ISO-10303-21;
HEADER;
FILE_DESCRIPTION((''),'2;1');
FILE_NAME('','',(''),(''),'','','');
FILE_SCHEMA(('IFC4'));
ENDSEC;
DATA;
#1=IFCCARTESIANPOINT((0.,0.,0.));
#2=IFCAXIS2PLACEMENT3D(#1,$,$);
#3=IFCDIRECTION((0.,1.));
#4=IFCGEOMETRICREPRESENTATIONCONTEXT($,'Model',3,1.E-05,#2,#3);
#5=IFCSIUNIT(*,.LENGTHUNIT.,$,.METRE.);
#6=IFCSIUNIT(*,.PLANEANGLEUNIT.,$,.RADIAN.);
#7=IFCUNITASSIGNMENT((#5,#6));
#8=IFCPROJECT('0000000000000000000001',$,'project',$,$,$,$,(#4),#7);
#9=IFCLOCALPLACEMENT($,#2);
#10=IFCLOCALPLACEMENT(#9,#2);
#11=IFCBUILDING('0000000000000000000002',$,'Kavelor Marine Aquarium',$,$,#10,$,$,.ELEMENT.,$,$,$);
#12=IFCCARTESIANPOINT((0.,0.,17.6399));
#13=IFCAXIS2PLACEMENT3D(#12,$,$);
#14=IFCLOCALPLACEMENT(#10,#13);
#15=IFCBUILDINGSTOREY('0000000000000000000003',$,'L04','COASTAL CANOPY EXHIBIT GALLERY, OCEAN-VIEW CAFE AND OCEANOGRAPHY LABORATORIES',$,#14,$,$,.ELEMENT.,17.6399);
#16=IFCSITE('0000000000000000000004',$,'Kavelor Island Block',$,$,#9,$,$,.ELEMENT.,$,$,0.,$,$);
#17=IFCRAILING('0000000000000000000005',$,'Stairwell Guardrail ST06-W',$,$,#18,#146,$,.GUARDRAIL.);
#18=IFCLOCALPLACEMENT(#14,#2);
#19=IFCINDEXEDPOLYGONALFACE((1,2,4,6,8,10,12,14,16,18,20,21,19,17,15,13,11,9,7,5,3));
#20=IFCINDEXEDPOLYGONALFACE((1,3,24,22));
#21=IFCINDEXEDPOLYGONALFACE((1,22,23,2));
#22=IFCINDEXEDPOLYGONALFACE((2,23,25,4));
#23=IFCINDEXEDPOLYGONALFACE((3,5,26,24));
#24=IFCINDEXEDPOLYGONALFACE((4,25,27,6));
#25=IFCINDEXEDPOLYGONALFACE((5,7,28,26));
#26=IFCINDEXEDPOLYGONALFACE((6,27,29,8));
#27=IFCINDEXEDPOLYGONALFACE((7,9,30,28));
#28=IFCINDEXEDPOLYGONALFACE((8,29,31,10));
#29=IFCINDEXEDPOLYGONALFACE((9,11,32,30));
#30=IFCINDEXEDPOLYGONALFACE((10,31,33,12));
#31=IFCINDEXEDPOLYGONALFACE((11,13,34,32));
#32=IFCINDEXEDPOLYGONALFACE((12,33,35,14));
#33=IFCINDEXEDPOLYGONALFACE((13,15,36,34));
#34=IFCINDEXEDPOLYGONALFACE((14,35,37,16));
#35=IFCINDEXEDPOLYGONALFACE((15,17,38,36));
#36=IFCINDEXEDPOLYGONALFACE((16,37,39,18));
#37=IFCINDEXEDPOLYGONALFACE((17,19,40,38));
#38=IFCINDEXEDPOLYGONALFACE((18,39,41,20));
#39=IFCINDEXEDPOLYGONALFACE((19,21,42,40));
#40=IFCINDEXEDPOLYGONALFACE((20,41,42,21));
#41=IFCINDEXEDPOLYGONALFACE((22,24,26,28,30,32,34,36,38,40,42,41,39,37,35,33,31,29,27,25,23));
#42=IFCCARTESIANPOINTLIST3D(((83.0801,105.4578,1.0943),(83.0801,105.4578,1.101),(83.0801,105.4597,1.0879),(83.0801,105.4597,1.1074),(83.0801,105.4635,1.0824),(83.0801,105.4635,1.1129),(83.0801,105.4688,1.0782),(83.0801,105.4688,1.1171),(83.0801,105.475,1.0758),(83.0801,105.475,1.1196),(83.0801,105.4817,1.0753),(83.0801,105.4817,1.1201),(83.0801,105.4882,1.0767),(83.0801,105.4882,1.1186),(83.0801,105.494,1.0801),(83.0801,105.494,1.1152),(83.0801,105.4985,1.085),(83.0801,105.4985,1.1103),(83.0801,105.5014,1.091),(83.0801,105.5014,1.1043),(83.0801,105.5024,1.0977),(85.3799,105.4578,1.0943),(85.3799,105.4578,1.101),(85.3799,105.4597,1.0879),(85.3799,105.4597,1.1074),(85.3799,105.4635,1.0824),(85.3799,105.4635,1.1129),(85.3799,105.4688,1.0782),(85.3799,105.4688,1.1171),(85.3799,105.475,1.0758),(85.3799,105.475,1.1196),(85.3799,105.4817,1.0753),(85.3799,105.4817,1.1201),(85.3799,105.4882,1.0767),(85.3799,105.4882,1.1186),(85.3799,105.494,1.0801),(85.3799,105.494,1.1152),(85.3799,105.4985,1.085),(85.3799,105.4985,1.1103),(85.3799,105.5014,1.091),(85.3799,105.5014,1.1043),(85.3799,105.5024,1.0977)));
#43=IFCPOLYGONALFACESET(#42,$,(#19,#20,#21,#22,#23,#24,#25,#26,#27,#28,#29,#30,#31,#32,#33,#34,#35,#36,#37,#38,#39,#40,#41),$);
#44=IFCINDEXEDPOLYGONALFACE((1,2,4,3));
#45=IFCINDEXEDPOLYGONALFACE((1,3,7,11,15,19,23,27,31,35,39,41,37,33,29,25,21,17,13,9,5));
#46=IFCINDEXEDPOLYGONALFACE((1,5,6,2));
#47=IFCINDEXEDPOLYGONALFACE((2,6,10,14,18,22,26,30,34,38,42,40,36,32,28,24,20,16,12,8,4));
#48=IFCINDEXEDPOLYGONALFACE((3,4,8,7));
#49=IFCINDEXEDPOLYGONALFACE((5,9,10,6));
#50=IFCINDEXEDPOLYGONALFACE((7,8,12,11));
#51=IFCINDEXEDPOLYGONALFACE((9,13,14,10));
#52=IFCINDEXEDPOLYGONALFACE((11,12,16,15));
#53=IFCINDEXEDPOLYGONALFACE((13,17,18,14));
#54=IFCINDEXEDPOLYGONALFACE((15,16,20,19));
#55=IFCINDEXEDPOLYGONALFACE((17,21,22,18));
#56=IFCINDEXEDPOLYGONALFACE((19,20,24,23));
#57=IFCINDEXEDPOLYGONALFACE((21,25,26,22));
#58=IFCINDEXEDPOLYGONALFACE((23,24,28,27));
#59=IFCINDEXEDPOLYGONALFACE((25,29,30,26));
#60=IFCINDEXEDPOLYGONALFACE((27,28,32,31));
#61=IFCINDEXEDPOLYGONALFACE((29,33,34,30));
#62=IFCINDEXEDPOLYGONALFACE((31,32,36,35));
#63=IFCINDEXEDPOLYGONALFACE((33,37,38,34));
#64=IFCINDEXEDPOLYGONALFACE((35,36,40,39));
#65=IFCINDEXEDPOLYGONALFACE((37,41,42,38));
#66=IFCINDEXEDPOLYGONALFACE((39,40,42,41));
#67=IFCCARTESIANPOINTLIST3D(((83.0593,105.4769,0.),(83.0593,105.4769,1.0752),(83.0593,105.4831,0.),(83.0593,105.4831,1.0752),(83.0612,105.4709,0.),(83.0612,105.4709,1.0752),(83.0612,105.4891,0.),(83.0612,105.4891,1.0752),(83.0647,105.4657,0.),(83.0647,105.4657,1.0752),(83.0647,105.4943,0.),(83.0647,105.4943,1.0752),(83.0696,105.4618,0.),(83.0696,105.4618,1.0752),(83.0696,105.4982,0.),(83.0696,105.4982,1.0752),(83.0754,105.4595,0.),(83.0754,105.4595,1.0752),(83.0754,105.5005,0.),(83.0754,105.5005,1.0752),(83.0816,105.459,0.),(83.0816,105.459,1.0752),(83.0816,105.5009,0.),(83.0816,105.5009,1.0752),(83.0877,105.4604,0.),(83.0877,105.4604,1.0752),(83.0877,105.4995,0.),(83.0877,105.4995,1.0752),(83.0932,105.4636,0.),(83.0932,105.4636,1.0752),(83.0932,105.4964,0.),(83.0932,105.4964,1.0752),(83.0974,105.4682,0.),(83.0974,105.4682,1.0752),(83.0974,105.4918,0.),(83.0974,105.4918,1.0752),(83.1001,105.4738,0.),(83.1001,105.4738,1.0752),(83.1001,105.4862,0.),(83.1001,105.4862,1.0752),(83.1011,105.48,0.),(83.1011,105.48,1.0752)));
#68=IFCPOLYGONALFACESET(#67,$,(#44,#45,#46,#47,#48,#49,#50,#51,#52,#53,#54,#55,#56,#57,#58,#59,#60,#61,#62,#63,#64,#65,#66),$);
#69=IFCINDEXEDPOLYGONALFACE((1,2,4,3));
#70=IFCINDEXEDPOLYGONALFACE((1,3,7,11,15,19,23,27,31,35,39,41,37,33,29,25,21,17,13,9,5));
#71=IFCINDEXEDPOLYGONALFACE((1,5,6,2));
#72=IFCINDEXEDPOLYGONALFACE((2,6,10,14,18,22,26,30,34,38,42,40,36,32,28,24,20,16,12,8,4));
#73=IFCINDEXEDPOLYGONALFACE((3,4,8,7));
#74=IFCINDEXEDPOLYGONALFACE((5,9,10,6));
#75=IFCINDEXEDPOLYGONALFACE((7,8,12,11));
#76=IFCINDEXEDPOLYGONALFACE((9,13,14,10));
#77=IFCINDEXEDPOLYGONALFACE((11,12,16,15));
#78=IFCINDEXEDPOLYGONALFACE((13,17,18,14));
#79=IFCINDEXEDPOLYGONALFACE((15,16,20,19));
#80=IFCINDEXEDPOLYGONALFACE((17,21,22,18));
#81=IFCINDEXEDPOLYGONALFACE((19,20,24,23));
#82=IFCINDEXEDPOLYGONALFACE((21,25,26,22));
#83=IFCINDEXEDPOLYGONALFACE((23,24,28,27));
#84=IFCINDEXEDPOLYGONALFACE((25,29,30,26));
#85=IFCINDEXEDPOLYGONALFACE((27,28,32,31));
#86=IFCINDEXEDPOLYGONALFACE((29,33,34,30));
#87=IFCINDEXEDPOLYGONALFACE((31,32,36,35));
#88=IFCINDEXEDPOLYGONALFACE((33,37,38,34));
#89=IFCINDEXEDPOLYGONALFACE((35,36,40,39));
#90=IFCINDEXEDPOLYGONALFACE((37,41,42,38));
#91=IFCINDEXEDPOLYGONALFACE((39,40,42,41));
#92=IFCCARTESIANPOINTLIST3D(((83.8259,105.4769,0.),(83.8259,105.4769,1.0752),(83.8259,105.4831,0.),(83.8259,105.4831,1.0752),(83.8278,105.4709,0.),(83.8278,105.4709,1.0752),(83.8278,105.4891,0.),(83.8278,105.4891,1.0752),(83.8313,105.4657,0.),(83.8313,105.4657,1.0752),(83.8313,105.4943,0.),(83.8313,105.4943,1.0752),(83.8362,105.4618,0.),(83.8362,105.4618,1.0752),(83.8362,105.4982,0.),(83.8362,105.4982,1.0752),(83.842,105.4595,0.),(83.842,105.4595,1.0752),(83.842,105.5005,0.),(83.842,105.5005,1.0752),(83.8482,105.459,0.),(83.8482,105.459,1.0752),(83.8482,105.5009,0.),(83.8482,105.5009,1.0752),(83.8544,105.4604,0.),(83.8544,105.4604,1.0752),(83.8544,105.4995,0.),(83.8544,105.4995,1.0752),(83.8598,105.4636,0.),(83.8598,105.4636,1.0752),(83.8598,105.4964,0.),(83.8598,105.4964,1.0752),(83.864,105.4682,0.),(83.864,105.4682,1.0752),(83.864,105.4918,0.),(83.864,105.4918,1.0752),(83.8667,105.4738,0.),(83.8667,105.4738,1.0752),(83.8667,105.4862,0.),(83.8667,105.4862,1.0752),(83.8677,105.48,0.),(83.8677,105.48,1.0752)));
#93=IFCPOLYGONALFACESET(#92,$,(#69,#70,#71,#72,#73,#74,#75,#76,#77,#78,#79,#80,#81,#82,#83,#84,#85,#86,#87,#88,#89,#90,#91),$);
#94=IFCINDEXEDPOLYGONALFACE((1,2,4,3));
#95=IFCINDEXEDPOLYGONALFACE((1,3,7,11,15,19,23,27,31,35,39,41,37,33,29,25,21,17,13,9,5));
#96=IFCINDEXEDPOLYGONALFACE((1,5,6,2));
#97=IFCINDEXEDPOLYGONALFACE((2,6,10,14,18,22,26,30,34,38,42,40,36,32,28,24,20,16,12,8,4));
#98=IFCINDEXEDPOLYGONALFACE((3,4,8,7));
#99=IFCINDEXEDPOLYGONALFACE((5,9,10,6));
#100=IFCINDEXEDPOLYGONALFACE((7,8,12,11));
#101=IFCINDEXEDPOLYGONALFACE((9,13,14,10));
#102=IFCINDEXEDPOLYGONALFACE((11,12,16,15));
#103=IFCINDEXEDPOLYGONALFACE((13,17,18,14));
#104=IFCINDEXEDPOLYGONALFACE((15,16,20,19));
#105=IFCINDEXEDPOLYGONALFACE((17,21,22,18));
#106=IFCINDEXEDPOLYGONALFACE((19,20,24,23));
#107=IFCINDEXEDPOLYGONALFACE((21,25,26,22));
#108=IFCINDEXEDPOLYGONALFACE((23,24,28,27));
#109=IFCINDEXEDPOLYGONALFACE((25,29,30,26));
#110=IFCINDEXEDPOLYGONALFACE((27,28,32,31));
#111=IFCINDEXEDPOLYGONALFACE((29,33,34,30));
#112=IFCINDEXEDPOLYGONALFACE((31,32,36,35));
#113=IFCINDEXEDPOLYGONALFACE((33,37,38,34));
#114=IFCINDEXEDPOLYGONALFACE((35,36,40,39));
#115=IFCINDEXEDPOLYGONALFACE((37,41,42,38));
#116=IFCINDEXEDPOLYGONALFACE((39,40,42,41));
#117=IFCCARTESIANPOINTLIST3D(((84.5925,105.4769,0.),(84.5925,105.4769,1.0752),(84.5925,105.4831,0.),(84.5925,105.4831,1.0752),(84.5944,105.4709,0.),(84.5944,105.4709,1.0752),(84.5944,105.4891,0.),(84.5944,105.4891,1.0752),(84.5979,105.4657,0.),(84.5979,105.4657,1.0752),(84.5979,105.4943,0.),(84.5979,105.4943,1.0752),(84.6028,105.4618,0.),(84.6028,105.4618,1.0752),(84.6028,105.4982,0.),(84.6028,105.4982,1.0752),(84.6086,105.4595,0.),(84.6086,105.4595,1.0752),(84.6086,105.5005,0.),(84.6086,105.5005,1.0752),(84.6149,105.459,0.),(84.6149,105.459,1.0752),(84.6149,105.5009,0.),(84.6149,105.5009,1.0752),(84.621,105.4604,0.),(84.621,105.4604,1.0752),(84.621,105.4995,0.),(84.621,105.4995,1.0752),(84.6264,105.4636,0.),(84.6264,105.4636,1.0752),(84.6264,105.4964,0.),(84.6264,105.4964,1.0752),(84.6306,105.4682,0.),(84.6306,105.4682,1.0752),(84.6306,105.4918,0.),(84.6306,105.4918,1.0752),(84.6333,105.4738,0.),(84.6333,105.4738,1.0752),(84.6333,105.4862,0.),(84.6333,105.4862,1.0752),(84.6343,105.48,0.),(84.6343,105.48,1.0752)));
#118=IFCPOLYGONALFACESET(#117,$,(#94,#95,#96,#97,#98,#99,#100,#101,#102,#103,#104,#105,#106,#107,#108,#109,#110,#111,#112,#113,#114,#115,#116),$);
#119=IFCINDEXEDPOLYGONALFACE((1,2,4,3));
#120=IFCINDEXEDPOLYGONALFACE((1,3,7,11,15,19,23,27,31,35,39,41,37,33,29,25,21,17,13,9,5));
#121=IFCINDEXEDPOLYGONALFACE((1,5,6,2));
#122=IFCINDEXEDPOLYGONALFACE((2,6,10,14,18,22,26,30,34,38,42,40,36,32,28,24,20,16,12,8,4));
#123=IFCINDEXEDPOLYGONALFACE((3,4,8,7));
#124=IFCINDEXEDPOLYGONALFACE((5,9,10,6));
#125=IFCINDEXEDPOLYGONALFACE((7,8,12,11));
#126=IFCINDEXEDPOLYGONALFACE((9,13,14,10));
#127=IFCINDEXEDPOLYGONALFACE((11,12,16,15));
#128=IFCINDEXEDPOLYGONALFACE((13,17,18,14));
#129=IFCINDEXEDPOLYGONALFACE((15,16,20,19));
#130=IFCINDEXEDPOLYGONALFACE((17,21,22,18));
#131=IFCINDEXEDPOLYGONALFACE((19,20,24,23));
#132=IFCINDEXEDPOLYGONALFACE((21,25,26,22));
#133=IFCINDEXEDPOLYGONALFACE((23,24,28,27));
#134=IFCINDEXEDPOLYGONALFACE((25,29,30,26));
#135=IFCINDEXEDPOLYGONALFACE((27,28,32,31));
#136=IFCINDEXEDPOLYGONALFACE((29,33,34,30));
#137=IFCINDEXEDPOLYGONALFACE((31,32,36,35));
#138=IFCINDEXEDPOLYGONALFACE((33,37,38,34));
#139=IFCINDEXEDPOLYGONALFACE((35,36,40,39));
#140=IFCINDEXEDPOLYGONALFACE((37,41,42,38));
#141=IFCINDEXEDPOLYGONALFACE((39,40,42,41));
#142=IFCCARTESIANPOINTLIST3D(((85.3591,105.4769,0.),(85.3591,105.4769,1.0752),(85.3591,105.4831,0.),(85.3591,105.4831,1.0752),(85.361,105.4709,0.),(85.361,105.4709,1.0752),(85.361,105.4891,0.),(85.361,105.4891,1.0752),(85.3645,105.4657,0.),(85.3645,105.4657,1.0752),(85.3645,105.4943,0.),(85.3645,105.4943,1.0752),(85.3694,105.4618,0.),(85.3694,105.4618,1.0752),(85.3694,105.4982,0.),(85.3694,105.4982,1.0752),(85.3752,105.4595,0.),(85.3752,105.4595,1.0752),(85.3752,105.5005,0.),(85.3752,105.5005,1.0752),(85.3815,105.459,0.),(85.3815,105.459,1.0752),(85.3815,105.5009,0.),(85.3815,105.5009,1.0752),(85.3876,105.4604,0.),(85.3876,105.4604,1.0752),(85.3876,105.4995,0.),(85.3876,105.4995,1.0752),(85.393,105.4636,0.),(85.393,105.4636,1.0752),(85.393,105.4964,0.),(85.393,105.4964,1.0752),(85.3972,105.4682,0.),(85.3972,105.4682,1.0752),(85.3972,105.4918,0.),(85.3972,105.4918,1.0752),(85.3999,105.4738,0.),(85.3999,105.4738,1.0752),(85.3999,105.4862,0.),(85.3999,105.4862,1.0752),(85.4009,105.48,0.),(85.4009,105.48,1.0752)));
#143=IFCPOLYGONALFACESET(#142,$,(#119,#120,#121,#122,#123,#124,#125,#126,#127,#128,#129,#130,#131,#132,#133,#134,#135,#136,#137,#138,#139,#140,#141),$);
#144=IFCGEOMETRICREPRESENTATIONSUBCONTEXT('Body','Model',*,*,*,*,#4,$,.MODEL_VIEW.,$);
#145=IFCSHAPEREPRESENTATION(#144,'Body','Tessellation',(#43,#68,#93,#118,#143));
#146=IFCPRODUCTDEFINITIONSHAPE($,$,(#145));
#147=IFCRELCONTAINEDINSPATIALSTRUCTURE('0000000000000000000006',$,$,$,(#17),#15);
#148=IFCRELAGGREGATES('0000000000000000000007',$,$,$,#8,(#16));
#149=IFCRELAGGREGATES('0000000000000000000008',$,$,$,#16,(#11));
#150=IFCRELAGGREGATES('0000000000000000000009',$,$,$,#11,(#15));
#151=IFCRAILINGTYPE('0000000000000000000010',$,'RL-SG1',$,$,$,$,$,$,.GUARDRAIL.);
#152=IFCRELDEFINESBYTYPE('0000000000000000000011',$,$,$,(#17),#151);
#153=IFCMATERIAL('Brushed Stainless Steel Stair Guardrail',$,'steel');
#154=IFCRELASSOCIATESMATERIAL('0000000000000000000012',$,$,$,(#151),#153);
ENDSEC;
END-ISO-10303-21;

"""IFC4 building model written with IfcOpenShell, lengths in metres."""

from ifc_helpers import new_model, si_unit, direction, frame, origin, origin_2d, place, context, subcontext, project, spatial, circle, extrude, material, type_object, element, save


model = new_model("IFC4")

# Units and contexts
model_context = context("Model", 3, precision=1e-05, world=origin(), true_north=direction((0.0, 1.0)))
body_context = subcontext(model_context, "Body", "Model", "MODEL_VIEW")
ifc_project = project(units=[si_unit("LENGTHUNIT", "METRE"), si_unit("PLANEANGLEUNIT", "RADIAN")], contexts=[model_context])

# Site, building, storey
site_placement = place(None, origin())
site = spatial("IfcSite", under=ifc_project, at=site_placement, Name="Kavelor Island Block", CompositionType="ELEMENT", RefElevation=0.0)
building_placement = place(site_placement, origin())
building = spatial("IfcBuilding", under=site, at=building_placement, Name="Kavelor Marine Aquarium", CompositionType="ELEMENT")
storey_placement = place(building_placement, frame((0.0, 0.0, 17.6399)))
storey = spatial("IfcBuildingStorey", under=building, at=storey_placement, Name="L04", Description="COASTAL CANOPY EXHIBIT GALLERY, OCEAN-VIEW CAFE AND OCEANOGRAPHY LABORATORIES", CompositionType="ELEMENT", Elevation=17.6399)

# Railing
ifc_material_1 = material(Name="Brushed Stainless Steel Stair Guardrail", Category="steel")
railing_type_1 = type_object("IfcRailingType", Name="RL-SG1", PredefinedType="GUARDRAIL", material=ifc_material_1)
railing_1_placement = place(storey_placement, frame((83.0801, 105.48, 0.0)))
element("IfcRailing", 1, at=railing_1_placement, inside=storey, type_object=railing_type_1, Name="Stairwell Guardrail ST06-W", PredefinedType="GUARDRAIL", context=body_context, shape_type="SweptSolid", body=[
    extrude(circle(Radius=0.0225, at=origin_2d()), frame((0.0, 0.0, 1.0977), z_axis=(1.0, 0.0, 0.0), x_axis=(0.0, 1.0, 0.0)), (0.0, 0.0, 1.0), 2.2998),
    extrude(circle(Radius=0.021, at=origin_2d()), origin(), (0.0, 0.0, 1.0), 1.0752),
    extrude(circle(Radius=0.021, at=origin_2d()), frame((0.7666, 0.0, 0.0)), (0.0, 0.0, 1.0), 1.0752),
    extrude(circle(Radius=0.021, at=origin_2d()), frame((1.5332, 0.0, 0.0)), (0.0, 0.0, 1.0), 1.0752),
    extrude(circle(Radius=0.021, at=origin_2d()), frame((2.2998, 0.0, 0.0)), (0.0, 0.0, 1.0), 1.0752),
])

save(model, "model.ifc")
